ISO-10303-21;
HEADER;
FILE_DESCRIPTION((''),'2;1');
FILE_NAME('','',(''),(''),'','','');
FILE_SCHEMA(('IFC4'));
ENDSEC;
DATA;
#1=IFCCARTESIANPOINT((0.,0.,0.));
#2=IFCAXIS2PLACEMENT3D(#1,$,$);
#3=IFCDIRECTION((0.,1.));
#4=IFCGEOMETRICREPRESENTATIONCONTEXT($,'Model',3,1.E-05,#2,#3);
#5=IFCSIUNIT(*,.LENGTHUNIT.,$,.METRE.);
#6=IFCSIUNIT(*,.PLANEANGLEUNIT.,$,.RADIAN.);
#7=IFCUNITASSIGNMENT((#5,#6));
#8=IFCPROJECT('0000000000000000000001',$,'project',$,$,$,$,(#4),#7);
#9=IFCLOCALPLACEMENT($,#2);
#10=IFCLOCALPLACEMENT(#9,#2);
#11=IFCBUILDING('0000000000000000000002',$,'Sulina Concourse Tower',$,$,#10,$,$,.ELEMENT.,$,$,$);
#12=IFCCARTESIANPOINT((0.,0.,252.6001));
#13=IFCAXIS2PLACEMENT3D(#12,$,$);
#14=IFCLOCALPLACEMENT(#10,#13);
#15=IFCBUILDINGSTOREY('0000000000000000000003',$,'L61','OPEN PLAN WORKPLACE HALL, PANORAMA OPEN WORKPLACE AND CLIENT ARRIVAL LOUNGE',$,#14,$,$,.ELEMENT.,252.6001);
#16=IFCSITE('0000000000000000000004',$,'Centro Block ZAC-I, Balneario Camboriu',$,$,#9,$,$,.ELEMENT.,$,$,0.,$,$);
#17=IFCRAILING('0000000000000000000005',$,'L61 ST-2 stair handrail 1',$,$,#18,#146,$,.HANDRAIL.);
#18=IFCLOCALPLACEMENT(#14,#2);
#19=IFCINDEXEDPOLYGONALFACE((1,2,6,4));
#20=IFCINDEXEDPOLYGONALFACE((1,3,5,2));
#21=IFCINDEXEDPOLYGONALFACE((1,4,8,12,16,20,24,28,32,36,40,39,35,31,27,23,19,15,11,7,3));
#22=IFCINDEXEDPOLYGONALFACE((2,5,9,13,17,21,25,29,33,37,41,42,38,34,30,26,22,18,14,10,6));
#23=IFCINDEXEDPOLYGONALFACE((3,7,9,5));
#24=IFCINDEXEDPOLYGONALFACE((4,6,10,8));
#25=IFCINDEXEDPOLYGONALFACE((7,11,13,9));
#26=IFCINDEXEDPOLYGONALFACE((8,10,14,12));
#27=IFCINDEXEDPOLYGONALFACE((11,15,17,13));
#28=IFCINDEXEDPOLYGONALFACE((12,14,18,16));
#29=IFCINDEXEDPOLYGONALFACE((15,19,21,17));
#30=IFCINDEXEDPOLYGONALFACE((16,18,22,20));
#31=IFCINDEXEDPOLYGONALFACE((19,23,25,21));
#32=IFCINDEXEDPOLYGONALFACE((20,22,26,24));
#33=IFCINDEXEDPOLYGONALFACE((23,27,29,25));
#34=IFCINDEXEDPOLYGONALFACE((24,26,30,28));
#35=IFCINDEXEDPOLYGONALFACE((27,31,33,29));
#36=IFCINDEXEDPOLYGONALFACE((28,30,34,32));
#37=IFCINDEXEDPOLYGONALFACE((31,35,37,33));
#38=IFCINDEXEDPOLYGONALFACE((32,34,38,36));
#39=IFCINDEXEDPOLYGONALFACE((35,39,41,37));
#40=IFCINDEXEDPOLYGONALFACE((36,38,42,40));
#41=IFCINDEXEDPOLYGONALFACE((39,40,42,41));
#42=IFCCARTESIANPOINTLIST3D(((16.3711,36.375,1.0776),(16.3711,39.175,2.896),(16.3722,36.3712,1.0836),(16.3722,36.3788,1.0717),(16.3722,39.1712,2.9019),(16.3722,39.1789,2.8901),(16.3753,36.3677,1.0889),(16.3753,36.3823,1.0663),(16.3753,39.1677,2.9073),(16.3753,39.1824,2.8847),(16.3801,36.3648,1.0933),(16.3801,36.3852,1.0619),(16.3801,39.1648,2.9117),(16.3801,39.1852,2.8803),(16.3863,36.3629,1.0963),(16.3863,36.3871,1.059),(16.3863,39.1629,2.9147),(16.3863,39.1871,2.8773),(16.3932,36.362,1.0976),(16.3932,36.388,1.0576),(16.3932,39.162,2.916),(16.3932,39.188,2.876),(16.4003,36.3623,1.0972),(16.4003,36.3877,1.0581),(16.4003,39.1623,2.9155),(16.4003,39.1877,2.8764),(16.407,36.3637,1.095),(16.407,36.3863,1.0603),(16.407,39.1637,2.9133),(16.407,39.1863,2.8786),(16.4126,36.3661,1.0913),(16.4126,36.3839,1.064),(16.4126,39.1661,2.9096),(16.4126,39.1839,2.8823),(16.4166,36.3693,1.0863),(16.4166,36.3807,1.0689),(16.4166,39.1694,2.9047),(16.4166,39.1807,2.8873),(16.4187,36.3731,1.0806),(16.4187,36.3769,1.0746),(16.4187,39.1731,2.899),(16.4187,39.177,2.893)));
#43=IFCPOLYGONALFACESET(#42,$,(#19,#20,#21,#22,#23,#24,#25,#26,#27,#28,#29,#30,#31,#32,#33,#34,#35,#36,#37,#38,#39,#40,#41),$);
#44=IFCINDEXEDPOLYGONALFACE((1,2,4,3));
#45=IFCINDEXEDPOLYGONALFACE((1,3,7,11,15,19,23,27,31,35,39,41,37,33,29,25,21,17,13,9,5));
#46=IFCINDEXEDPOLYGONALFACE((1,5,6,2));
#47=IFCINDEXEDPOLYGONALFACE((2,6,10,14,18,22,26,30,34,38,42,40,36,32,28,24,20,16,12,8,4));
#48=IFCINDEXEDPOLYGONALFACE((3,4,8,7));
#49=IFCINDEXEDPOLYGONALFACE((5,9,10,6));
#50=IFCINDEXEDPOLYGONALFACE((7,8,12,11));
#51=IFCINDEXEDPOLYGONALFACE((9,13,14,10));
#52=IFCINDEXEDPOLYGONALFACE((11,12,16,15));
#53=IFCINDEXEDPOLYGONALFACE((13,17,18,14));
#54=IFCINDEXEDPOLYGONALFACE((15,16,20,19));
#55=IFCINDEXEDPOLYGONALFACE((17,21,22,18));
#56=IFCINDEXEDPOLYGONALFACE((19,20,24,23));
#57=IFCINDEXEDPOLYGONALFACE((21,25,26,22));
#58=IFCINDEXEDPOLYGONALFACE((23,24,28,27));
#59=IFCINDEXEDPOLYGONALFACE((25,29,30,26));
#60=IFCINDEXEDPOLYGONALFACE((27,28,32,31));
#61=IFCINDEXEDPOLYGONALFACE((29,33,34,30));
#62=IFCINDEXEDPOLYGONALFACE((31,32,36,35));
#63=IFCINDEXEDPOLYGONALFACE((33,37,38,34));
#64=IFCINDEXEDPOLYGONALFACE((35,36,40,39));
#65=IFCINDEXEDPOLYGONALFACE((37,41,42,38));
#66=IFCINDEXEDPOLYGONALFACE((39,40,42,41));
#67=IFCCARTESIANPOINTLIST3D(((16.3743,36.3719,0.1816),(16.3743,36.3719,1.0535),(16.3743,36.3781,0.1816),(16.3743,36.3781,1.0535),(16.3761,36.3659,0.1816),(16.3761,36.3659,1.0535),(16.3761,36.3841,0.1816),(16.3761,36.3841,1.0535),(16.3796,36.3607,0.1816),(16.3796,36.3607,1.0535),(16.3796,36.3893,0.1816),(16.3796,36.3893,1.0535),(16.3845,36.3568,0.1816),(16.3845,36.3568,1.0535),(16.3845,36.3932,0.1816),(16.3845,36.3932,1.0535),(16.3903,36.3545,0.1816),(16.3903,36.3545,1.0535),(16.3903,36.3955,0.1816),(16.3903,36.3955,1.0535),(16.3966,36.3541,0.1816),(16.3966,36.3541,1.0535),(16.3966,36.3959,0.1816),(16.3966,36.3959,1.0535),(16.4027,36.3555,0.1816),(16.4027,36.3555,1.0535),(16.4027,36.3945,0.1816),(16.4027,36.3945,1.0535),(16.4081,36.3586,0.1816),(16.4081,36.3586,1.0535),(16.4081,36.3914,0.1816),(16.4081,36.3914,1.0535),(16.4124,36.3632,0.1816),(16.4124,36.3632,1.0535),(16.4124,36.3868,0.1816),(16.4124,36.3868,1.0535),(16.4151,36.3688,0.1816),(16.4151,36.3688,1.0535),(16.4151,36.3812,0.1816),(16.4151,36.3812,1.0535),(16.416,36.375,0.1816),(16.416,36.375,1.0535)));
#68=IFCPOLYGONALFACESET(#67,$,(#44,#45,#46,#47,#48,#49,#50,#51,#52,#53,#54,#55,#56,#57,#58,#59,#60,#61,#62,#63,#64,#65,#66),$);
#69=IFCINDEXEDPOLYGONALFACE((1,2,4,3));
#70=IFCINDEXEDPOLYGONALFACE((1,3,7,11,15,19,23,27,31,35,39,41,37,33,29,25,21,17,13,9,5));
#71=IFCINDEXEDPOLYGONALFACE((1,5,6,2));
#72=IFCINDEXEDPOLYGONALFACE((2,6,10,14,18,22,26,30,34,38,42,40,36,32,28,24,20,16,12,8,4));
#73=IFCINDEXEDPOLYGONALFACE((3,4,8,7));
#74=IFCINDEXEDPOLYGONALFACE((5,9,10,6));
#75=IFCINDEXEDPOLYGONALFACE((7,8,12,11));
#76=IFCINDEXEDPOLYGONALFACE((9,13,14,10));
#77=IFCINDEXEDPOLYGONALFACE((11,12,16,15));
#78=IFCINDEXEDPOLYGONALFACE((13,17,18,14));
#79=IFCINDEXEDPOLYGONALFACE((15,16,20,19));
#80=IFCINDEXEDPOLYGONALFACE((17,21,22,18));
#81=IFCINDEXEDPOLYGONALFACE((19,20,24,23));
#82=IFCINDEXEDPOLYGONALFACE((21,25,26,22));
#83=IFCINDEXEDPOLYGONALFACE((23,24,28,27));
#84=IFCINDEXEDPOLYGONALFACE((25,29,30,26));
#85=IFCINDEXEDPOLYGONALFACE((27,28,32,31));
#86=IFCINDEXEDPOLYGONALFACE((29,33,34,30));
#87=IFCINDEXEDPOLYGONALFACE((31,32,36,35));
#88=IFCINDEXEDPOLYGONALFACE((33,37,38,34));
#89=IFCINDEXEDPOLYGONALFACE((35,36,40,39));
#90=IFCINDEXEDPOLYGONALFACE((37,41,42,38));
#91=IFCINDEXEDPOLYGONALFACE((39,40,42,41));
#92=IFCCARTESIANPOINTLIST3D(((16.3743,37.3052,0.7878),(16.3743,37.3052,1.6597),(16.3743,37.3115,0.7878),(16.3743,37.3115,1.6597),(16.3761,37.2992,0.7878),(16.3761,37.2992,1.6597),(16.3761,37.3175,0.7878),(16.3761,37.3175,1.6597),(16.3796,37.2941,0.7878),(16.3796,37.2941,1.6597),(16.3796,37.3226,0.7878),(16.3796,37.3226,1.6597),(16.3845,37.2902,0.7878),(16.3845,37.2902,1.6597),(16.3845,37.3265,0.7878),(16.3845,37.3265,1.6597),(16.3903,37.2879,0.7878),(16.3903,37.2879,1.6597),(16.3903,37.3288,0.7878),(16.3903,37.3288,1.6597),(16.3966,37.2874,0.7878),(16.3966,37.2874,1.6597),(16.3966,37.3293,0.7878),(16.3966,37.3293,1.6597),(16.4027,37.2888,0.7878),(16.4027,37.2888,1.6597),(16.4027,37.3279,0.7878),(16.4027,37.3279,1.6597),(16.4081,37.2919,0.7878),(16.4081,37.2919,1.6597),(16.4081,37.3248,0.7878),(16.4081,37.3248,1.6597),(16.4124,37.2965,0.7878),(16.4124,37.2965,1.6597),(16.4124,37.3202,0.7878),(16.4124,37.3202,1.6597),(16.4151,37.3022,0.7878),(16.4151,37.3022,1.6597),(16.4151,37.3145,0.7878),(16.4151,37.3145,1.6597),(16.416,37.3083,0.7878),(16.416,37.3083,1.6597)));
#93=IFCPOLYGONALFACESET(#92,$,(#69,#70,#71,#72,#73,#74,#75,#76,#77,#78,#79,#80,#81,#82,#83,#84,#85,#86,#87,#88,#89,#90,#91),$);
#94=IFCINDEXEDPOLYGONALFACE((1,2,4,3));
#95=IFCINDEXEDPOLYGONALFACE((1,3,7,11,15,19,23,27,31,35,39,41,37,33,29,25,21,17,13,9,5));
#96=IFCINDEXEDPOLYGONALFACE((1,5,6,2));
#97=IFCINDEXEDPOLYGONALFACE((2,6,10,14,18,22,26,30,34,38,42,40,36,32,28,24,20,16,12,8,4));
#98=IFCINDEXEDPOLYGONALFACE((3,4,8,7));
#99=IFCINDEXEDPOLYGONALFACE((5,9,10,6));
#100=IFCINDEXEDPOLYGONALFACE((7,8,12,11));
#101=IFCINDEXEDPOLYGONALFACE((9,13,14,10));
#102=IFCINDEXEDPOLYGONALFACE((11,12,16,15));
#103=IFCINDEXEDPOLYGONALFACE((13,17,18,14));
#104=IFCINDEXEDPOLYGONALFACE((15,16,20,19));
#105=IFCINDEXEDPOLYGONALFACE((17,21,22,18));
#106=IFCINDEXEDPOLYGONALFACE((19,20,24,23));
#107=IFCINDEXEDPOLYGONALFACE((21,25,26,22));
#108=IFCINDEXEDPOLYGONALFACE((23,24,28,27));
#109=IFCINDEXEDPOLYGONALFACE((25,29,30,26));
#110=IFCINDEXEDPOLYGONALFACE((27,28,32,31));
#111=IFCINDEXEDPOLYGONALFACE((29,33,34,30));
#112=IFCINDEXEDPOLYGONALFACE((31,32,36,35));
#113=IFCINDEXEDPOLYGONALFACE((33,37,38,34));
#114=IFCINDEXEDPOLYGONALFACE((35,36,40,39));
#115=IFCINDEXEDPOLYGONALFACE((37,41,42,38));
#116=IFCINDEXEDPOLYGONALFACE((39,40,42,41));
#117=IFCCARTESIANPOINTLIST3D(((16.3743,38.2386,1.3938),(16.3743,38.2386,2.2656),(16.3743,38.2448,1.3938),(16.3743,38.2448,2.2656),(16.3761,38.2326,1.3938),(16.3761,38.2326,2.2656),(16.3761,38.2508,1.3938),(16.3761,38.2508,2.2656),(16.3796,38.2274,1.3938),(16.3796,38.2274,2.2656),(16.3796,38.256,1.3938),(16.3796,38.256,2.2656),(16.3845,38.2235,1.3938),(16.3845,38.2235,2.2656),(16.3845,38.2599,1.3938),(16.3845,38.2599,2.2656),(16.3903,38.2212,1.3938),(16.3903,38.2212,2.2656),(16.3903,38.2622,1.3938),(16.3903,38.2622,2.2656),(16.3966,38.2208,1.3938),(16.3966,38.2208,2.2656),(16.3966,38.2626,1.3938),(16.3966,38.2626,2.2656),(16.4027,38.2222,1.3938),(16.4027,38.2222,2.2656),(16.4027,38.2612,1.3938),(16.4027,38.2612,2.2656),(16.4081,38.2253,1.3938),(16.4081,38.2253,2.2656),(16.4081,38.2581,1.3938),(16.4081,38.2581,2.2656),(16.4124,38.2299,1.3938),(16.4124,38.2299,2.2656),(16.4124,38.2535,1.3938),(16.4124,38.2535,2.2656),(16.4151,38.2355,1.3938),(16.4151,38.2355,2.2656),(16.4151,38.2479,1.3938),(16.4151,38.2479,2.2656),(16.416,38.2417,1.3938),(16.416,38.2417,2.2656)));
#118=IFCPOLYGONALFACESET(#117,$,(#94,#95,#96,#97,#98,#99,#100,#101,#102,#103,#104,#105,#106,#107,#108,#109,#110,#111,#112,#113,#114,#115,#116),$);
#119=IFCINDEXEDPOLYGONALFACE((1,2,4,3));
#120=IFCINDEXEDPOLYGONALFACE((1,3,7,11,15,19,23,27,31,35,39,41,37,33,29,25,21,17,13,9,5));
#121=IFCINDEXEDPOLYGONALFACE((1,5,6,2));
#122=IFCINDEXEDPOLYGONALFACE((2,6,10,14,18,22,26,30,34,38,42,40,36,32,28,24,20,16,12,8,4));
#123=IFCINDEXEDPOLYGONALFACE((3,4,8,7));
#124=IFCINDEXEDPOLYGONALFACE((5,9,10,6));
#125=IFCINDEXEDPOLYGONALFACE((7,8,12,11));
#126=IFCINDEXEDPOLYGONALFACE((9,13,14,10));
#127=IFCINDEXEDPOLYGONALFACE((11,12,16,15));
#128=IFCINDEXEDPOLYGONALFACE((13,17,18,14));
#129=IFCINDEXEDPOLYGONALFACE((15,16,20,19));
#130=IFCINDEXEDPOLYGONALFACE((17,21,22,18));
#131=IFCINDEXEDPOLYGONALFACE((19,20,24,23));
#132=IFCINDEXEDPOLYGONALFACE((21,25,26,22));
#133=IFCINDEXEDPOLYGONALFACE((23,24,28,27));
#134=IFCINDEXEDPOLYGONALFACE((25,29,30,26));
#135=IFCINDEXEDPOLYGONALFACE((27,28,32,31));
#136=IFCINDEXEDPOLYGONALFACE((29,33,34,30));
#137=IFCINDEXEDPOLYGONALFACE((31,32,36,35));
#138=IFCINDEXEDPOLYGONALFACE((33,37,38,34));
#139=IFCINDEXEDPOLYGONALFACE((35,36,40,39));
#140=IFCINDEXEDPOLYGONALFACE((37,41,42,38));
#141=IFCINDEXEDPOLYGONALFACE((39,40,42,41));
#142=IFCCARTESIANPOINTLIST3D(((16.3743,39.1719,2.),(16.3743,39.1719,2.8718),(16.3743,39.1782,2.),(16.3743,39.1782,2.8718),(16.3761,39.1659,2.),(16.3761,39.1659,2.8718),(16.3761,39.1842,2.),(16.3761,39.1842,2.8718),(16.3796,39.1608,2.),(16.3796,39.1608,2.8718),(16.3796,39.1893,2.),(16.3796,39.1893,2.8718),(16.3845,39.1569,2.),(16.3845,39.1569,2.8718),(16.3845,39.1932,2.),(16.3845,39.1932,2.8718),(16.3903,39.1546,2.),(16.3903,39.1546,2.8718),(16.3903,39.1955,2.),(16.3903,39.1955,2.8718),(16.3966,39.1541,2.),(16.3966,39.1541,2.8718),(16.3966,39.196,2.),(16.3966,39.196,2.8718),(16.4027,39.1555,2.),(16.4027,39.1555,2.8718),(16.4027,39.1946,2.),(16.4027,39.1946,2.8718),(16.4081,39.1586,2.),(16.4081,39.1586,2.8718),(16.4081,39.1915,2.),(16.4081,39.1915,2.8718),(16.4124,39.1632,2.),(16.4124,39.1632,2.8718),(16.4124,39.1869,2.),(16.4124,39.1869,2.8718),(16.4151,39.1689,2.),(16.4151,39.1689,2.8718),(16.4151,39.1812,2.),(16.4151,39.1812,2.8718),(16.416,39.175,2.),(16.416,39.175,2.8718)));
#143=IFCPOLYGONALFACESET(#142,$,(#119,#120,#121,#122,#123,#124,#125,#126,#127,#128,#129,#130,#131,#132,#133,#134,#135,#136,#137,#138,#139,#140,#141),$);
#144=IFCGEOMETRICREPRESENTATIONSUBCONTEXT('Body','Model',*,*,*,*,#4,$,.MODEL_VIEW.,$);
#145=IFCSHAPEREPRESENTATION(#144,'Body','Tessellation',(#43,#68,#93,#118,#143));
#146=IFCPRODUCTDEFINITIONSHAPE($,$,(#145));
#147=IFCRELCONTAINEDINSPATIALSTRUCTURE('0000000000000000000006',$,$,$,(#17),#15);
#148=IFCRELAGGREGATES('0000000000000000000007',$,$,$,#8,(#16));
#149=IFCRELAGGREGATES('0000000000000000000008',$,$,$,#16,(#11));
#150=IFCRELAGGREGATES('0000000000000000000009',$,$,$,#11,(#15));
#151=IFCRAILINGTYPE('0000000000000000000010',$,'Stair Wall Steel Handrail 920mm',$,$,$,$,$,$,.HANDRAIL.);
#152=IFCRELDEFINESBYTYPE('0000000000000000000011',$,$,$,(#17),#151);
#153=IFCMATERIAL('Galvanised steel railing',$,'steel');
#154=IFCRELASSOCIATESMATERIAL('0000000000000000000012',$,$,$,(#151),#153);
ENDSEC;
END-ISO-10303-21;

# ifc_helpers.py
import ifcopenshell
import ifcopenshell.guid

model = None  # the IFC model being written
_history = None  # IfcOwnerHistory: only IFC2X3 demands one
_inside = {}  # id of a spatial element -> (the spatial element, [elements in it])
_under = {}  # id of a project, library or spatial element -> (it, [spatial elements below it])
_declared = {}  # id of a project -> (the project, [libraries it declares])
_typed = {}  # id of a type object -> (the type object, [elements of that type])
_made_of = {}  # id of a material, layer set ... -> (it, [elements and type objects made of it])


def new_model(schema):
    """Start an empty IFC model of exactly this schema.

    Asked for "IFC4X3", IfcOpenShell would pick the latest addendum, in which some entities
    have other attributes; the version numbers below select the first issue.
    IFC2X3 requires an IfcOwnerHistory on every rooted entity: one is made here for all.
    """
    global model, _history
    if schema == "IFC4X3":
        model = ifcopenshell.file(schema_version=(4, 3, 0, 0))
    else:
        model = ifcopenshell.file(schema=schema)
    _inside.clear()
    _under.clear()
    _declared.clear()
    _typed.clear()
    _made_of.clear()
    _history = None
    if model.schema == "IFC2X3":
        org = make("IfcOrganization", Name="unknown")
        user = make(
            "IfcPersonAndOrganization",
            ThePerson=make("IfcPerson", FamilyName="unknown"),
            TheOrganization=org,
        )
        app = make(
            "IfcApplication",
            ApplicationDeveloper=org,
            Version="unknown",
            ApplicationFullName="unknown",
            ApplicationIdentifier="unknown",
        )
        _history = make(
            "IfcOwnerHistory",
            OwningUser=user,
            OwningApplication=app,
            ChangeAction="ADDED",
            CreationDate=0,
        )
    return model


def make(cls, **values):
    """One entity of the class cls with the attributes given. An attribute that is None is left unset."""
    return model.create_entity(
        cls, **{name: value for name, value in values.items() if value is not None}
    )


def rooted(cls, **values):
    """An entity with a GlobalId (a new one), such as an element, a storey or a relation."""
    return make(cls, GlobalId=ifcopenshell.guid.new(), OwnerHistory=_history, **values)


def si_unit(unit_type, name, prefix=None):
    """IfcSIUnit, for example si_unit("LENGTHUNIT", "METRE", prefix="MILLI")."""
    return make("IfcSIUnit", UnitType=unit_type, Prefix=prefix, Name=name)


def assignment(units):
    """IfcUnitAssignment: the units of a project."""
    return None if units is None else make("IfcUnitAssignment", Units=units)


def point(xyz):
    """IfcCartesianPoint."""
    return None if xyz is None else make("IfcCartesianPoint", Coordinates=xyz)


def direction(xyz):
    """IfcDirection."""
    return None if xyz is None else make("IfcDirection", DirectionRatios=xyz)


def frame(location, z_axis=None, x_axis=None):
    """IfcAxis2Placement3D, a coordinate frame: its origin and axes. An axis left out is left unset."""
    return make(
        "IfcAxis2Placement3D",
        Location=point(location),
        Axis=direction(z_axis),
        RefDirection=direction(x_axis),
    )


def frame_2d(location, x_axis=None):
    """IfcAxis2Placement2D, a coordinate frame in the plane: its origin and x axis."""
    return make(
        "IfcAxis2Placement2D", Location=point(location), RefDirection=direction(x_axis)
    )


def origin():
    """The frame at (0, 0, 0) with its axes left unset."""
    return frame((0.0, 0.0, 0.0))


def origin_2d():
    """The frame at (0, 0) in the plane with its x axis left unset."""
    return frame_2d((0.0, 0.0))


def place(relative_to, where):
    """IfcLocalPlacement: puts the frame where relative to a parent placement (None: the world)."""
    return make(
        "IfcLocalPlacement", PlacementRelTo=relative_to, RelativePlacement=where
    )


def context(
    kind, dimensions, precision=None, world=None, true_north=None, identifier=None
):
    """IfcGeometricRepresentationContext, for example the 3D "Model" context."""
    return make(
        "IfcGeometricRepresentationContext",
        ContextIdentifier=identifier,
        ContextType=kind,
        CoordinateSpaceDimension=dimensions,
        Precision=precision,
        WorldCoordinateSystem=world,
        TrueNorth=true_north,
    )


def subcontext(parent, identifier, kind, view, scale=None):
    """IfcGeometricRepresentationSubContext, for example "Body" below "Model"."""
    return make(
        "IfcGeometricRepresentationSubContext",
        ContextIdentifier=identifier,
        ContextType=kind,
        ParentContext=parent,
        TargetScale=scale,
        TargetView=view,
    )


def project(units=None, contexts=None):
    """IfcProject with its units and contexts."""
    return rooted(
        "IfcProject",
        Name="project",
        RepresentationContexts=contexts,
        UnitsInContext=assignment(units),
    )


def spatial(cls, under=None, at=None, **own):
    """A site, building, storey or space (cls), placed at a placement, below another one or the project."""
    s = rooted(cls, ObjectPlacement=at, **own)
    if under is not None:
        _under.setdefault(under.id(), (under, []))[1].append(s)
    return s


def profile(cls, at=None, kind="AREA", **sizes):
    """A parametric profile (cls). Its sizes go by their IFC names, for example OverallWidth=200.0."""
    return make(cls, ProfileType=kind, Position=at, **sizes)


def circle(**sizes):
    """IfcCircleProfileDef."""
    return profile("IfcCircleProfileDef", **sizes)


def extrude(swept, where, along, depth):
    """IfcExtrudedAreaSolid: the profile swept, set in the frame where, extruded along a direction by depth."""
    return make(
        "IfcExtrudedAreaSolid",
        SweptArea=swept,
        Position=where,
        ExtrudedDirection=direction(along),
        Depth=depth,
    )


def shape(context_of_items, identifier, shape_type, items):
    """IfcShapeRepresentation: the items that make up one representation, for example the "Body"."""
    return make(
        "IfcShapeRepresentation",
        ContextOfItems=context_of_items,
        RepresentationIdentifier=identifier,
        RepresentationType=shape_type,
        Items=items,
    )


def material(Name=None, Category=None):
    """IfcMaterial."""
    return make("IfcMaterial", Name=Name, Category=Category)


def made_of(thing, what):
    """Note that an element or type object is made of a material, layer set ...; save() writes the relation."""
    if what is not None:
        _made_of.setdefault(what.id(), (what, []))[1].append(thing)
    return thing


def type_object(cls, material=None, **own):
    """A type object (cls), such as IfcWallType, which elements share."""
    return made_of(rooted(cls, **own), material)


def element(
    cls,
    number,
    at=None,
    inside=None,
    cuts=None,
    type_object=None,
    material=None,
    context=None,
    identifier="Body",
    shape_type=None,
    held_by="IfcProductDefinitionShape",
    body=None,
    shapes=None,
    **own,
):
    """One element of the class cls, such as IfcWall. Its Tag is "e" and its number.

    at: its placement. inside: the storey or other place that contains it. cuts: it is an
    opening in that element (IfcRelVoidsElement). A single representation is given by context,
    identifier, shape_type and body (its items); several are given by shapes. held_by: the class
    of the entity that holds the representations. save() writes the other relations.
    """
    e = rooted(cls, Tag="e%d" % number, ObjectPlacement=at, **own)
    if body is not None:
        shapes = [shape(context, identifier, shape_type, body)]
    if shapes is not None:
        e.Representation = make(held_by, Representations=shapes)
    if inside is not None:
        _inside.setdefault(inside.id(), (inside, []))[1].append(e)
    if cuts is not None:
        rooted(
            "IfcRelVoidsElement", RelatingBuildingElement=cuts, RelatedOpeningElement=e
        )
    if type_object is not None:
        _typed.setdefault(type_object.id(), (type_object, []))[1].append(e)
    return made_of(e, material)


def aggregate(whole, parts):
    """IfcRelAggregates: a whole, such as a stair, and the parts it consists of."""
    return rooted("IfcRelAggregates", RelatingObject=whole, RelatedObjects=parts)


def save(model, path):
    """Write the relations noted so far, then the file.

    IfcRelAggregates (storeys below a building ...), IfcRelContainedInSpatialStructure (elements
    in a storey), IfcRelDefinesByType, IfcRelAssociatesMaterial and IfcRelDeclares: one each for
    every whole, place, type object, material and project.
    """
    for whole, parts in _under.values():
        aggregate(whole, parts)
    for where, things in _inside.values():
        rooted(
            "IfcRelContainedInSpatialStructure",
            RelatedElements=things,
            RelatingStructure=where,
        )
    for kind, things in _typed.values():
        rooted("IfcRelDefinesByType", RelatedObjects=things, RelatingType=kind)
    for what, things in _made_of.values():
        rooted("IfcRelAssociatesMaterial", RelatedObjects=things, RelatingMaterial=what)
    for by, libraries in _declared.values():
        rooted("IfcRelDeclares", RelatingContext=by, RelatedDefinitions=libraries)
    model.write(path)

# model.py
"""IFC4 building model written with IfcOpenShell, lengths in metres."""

from ifc_helpers import new_model, si_unit, direction, frame, origin, origin_2d, place, context, subcontext, project, spatial, circle, extrude, material, type_object, element, save


model = new_model("IFC4")

# Units and contexts
model_context = context("Model", 3, precision=1e-05, world=origin(), true_north=direction((0.0, 1.0)))
body_context = subcontext(model_context, "Body", "Model", "MODEL_VIEW")
ifc_project = project(units=[si_unit("LENGTHUNIT", "METRE"), si_unit("PLANEANGLEUNIT", "RADIAN")], contexts=[model_context])

# Site, building, storey
site_placement = place(None, origin())
site = spatial("IfcSite", under=ifc_project, at=site_placement, Name="Centro Block ZAC-I, Balneario Camboriu", CompositionType="ELEMENT", RefElevation=0.0)
building_placement = place(site_placement, origin())
building = spatial("IfcBuilding", under=site, at=building_placement, Name="Sulina Concourse Tower", CompositionType="ELEMENT")
storey_placement = place(building_placement, frame((0.0, 0.0, 252.6001)))
storey = spatial("IfcBuildingStorey", under=building, at=storey_placement, Name="L61", Description="OPEN PLAN WORKPLACE HALL, PANORAMA OPEN WORKPLACE AND CLIENT ARRIVAL LOUNGE", CompositionType="ELEMENT", Elevation=252.6001)

# Railing
ifc_material_1 = material(Name="Galvanised steel railing", Category="steel")
railing_type_1 = type_object("IfcRailingType", Name="Stair Wall Steel Handrail 920mm", PredefinedType="HANDRAIL", material=ifc_material_1)
railing_1_placement = place(storey_placement, frame((16.395, 36.375, 0.1816)))
element("IfcRailing", 1, at=railing_1_placement, inside=storey, type_object=railing_type_1, Name="L61 ST-2 stair handrail 1", PredefinedType="HANDRAIL", context=body_context, shape_type="SweptSolid", body=[
    extrude(circle(Radius=0.0239, at=origin_2d()), frame((0.0, 0.0, 0.896), z_axis=(0.0, 0.838672, 0.544636), x_axis=(-1.0, 0.0, 0.0)), (0.0, 0.0, 1.0), 3.3386),
    extrude(circle(Radius=0.021, at=origin_2d()), origin(), (0.0, 0.0, 1.0), 0.8718),
    extrude(circle(Radius=0.021, at=origin_2d()), frame((0.0, 0.9333, 0.6062)), (0.0, 0.0, 1.0), 0.8718),
    extrude(circle(Radius=0.021, at=origin_2d()), frame((0.0, 1.8667, 1.2122)), (0.0, 0.0, 1.0), 0.8718),
    extrude(circle(Radius=0.021, at=origin_2d()), frame((0.0, 2.8, 1.8184)), (0.0, 0.0, 1.0), 0.8718),
])

save(model, "model.ifc")
